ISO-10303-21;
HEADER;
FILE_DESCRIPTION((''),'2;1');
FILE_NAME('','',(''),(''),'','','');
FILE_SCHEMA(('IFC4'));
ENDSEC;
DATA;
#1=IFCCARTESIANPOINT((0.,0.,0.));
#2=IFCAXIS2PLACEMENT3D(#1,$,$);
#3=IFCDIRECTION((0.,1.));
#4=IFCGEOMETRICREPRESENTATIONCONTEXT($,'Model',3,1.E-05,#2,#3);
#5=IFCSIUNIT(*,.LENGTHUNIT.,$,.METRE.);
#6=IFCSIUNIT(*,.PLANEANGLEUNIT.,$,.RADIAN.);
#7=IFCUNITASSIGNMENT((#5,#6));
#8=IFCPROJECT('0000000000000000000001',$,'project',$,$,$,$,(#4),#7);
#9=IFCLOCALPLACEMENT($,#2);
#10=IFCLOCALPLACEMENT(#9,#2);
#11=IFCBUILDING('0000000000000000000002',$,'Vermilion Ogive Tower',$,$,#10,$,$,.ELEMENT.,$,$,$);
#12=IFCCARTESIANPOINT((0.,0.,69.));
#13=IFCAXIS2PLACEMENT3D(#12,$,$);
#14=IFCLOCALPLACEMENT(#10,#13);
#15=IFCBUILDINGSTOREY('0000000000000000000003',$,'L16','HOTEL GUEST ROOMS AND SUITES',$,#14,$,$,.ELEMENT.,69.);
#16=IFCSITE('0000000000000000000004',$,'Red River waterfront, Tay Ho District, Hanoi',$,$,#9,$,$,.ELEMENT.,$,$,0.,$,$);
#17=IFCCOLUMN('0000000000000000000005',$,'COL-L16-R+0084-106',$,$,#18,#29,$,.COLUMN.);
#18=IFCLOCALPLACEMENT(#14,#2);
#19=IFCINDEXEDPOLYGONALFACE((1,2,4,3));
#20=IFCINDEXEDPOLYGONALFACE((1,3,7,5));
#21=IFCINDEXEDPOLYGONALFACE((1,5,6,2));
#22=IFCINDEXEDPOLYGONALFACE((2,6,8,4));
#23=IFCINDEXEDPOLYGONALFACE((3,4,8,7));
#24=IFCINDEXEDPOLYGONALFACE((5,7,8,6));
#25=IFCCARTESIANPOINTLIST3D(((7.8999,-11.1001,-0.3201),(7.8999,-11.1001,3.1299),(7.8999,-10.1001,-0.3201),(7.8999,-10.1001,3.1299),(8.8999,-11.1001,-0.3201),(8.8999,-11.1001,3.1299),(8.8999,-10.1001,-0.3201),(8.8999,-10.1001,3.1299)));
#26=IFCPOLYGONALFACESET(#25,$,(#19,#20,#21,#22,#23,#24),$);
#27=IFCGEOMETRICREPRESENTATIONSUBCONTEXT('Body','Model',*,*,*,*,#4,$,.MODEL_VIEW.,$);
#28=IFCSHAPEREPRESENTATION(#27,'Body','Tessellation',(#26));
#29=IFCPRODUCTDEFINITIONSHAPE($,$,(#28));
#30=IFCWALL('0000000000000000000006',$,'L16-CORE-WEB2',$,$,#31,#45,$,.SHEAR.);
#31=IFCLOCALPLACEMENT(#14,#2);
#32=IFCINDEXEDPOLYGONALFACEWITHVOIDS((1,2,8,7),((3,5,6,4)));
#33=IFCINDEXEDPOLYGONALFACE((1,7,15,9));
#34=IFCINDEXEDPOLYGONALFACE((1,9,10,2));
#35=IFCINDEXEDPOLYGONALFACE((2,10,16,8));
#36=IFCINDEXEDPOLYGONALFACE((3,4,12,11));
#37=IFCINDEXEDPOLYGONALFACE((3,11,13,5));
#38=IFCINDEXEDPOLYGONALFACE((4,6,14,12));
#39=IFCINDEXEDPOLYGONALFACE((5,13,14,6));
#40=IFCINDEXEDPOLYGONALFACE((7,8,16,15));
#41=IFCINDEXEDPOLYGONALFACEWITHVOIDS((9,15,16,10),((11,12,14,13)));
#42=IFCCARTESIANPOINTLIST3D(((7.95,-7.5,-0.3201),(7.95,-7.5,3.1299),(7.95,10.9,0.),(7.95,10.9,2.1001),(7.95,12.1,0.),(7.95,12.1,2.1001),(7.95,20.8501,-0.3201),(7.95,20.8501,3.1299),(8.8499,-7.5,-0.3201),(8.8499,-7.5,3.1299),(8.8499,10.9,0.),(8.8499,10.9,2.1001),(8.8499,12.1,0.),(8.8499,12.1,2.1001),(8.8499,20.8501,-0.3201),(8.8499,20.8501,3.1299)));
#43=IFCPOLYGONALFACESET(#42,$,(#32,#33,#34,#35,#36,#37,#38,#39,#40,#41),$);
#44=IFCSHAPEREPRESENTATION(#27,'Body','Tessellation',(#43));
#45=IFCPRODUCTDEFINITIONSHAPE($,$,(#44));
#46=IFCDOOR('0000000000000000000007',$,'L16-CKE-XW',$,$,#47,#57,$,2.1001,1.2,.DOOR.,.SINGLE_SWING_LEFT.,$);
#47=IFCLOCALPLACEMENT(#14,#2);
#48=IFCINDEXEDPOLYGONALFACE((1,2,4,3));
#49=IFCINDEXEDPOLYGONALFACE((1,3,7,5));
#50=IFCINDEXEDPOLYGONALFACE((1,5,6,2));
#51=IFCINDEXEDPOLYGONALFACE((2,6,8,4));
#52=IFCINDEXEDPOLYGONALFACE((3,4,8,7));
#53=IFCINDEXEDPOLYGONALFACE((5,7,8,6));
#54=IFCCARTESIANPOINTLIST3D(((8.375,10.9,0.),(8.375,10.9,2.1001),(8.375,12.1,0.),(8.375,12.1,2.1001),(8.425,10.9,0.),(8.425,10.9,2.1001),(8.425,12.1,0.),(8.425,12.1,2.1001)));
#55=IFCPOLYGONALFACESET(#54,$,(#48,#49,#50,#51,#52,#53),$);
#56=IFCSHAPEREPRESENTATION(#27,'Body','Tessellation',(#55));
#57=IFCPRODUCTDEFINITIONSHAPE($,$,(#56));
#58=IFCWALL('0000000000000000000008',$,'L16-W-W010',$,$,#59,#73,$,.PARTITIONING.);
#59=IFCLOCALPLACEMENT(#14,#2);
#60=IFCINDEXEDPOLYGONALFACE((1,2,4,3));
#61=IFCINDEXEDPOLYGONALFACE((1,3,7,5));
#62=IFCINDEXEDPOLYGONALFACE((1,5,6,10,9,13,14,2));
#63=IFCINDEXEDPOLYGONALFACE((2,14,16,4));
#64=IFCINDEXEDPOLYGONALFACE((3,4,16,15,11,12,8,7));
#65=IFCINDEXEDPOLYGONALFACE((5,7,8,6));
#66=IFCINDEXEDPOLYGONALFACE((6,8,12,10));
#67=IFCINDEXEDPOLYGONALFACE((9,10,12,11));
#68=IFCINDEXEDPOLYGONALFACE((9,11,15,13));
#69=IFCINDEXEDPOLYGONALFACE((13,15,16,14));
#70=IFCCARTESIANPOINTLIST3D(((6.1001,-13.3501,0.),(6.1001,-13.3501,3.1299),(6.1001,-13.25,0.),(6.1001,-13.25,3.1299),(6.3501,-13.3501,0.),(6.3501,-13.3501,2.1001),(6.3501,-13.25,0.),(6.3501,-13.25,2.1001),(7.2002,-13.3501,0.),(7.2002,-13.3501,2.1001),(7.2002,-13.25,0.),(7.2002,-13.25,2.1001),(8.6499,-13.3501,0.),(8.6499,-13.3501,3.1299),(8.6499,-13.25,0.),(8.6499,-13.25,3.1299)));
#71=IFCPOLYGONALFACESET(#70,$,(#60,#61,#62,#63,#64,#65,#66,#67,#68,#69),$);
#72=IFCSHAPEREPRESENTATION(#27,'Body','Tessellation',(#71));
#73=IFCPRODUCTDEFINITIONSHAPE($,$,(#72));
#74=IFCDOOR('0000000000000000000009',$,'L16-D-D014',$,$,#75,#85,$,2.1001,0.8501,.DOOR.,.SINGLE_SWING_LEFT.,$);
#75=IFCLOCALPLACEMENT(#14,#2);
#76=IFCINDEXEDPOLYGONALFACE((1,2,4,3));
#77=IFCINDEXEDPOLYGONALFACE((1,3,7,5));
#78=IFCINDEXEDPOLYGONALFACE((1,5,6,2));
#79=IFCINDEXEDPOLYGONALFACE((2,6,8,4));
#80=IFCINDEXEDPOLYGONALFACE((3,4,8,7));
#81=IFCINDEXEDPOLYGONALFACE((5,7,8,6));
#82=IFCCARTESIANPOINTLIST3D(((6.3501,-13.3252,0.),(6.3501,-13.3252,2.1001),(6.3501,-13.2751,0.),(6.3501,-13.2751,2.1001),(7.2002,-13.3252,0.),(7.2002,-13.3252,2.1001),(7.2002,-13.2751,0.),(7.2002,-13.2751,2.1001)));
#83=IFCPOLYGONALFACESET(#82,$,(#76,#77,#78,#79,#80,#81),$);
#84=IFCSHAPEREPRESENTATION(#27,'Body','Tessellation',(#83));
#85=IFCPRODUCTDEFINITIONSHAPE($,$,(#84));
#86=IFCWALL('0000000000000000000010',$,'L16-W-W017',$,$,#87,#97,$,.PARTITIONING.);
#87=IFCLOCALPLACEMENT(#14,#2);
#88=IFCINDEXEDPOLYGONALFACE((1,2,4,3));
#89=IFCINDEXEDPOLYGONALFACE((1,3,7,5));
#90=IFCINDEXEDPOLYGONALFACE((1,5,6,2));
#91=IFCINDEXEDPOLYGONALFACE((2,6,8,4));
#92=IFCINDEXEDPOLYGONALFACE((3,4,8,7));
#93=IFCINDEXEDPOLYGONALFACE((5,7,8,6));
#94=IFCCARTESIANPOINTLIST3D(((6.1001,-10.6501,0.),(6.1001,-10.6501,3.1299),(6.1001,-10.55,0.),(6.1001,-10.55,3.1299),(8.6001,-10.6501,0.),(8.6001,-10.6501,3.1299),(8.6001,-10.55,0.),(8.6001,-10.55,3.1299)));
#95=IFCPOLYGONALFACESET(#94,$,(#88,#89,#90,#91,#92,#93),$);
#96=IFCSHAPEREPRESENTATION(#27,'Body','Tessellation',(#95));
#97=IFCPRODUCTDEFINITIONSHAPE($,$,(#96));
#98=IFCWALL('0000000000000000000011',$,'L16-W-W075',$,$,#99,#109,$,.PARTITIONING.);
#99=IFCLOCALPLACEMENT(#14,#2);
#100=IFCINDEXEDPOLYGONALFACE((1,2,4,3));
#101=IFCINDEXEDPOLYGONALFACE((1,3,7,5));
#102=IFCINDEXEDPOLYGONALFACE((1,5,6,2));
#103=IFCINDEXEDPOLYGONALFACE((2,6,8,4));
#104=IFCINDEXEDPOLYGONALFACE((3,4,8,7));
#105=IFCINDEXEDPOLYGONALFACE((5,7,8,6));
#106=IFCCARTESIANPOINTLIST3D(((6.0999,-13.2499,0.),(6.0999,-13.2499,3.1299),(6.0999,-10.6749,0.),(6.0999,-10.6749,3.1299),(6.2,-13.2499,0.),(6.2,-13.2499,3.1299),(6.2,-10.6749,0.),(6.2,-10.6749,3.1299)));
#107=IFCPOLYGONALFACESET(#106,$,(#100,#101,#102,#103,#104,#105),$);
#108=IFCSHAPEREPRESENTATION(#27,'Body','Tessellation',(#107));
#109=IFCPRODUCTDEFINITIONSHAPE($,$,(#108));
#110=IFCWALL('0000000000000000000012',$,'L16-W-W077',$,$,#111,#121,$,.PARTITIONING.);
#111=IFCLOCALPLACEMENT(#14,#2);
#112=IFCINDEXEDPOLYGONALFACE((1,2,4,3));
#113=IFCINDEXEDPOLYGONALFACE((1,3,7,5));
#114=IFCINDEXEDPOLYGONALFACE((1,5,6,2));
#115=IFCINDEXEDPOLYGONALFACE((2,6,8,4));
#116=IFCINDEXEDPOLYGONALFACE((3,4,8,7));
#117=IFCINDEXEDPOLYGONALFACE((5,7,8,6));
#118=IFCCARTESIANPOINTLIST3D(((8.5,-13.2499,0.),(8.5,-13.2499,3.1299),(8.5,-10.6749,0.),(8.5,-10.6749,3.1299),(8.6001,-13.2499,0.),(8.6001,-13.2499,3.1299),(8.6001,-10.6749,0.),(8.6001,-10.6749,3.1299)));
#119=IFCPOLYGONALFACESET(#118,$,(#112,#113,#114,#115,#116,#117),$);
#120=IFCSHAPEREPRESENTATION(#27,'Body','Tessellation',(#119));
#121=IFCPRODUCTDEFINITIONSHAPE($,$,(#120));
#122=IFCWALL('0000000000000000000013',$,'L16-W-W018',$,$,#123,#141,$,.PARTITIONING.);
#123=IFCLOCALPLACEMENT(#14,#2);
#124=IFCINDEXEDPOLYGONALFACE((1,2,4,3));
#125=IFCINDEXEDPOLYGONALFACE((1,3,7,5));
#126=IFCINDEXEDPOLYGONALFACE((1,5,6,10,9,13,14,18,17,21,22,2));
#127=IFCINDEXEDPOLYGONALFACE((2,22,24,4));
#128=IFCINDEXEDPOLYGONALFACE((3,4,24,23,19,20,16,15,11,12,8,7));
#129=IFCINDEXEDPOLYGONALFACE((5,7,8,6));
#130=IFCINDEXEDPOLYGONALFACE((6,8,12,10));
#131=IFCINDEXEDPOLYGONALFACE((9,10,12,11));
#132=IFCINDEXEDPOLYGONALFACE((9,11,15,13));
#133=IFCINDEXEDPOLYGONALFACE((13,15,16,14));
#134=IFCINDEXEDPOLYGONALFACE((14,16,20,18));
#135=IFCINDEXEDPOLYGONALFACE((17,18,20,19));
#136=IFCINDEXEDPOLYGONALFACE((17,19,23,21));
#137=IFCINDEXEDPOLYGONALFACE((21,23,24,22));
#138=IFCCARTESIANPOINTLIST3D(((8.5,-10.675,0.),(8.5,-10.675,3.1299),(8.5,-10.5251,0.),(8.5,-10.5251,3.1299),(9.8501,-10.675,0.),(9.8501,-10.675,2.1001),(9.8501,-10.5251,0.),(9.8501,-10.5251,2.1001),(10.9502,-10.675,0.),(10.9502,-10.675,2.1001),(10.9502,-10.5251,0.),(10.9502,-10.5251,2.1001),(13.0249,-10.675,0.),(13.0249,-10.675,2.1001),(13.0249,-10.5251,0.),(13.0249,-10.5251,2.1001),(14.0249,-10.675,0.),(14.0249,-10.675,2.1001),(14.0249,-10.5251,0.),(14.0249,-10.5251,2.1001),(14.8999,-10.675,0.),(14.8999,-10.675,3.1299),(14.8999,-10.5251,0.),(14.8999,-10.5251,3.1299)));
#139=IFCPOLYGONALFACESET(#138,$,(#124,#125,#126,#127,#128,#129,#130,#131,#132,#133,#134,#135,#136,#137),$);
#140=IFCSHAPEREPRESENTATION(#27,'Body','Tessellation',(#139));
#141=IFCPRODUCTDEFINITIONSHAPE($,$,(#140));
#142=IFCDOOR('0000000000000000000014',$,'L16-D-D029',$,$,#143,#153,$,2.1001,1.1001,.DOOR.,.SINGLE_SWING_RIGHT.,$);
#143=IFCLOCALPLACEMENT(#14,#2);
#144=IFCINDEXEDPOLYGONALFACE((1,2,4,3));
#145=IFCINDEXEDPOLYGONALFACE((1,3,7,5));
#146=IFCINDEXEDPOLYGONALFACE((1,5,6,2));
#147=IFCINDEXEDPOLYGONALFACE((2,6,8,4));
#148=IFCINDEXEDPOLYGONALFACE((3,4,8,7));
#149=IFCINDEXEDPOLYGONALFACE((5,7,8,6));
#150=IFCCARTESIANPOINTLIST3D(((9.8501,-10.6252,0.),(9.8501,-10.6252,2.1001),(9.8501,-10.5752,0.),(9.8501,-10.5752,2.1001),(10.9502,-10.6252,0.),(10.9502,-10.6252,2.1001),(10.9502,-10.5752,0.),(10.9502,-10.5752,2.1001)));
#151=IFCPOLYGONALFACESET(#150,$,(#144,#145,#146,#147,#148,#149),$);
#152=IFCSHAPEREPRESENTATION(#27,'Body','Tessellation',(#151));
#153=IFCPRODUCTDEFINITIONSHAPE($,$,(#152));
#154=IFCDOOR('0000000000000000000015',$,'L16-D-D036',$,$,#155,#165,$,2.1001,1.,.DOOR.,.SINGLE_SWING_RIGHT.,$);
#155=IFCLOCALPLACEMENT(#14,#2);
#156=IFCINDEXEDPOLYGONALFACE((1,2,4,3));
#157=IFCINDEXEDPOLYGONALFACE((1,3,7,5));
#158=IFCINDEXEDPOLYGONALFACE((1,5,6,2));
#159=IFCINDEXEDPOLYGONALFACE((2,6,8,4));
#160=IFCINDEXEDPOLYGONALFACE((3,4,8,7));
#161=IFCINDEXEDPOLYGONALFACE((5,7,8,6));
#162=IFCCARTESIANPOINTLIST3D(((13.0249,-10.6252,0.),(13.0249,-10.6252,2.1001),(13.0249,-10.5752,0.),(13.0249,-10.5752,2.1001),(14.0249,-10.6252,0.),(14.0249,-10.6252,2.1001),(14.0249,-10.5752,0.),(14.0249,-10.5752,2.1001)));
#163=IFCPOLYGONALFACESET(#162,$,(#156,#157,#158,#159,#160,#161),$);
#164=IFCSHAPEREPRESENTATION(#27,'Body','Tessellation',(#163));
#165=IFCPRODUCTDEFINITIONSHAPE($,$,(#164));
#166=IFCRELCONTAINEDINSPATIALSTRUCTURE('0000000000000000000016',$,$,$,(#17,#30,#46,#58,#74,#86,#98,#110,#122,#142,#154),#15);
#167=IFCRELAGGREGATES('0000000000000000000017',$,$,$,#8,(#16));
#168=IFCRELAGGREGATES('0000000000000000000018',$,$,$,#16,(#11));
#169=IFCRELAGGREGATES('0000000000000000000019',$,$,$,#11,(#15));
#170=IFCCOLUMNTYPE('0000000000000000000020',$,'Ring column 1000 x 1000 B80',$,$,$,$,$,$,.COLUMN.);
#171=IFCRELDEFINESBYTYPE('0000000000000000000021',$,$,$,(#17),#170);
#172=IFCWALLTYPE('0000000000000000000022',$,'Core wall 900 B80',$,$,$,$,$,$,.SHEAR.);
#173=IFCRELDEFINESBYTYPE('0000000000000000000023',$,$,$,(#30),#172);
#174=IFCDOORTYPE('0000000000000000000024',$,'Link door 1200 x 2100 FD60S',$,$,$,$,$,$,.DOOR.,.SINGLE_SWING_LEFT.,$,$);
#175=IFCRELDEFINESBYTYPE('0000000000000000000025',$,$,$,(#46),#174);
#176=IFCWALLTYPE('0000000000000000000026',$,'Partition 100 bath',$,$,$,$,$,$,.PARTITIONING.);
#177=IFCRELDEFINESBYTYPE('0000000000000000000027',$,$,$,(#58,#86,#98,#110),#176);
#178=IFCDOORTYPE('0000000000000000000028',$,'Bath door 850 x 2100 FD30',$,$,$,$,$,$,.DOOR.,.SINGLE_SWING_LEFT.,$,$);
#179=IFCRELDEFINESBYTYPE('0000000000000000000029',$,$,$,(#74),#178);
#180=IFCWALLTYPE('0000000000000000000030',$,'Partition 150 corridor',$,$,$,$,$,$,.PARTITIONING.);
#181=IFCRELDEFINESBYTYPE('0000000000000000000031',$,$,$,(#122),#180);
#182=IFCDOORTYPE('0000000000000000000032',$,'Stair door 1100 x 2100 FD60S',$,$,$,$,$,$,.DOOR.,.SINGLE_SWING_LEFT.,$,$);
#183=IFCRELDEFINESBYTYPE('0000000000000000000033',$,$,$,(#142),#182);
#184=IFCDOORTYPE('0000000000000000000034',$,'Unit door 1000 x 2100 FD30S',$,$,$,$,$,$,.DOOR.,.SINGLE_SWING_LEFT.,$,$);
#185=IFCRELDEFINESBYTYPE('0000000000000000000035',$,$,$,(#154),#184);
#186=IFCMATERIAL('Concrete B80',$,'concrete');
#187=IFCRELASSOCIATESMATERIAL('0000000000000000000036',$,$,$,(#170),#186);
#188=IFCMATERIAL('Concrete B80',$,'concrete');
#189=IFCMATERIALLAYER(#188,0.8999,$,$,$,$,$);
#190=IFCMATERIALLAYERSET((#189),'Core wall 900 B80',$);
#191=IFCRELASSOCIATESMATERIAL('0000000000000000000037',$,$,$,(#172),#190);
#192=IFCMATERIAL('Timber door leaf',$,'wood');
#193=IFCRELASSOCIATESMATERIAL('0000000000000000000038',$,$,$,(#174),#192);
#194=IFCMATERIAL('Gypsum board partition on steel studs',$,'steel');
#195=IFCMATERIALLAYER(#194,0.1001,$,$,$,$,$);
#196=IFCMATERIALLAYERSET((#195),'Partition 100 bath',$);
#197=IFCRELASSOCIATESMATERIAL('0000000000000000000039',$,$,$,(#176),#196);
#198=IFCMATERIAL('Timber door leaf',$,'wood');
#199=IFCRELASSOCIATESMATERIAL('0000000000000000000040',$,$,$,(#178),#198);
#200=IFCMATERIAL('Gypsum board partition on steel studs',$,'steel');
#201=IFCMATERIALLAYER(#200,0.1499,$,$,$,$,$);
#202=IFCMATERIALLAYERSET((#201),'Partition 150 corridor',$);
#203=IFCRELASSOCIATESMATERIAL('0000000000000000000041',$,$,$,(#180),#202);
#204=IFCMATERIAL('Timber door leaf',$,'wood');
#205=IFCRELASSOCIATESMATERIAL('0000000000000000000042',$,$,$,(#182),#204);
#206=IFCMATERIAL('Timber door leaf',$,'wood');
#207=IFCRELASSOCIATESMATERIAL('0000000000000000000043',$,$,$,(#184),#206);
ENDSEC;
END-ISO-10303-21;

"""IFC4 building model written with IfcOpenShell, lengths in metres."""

from ifc_helpers import new_model, si_unit, direction, frame, frame_2d, origin, origin_2d, place, context, subcontext, project, spatial, rectangle, extrude, material, layer, layer_set, material_profile, profile_set, type_object, element, fill, save


model = new_model("IFC4")

# Units and contexts
model_context = context("Model", 3, precision=1e-05, world=origin(), true_north=direction((0.0, 1.0)))
body_context = subcontext(model_context, "Body", "Model", "MODEL_VIEW")
ifc_project = project(units=[si_unit("LENGTHUNIT", "METRE"), si_unit("PLANEANGLEUNIT", "RADIAN")], contexts=[model_context])

# Site, building, storey
site_placement = place(None, origin())
site = spatial("IfcSite", under=ifc_project, at=site_placement, Name="Red River waterfront, Tay Ho District, Hanoi", CompositionType="ELEMENT", RefElevation=0.0)
building_placement = place(site_placement, origin())
building = spatial("IfcBuilding", under=site, at=building_placement, Name="Vermilion Ogive Tower", CompositionType="ELEMENT")
storey_placement = place(building_placement, frame((0.0, 0.0, 69.0)))
storey = spatial("IfcBuildingStorey", under=building, at=storey_placement, Name="L16", Description="HOTEL GUEST ROOMS AND SUITES", CompositionType="ELEMENT", Elevation=69.0)

# Column
ifc_material_1 = material(Name="Concrete B80", Category="concrete")
ifc_material_profile = material_profile(ifc_material_1, rectangle(XDim=1.0, YDim=1.0, at=origin_2d()), Name="1000 x 1000")
ifc_profile_set = profile_set([ifc_material_profile], Name="Concrete B80")
column_type = type_object("IfcColumnType", Name="Ring column 1000 x 1000 B80", PredefinedType="COLUMN", material=ifc_profile_set)
column_placement = place(storey_placement, frame((8.3999, -10.6001, -0.3201), z_axis=(0.0, 0.0, 1.0), x_axis=(1.0, 0.0, 0.0)))
element("IfcColumn", 1, at=column_placement, inside=storey, type_object=column_type, Name="COL-L16-R+0084-106", PredefinedType="COLUMN", context=body_context, shape_type="SweptSolid", body=[
    extrude(rectangle(XDim=1.0, YDim=1.0, at=origin_2d()), origin(), (0.0, 0.0, 1.0), 3.45),
])

# Walls, openings, doors
ifc_material_2 = material(Name="Concrete B80", Category="concrete")
ifc_layer_1 = layer(ifc_material_2, 0.8999)
ifc_layer_set_1 = layer_set([ifc_layer_1], Name="Core wall 900 B80")
wall_type_1 = type_object("IfcWallType", Name="Core wall 900 B80", PredefinedType="SHEAR", material=ifc_layer_set_1)
wall_1_placement = place(storey_placement, frame((8.3999, -7.5, -0.3201), z_axis=(0.0, 0.0, 1.0), x_axis=(0.0, 1.0, 0.0)))
wall_1 = element("IfcWall", 2, at=wall_1_placement, inside=storey, type_object=wall_type_1, Name="L16-CORE-WEB2", PredefinedType="SHEAR", context=body_context, shape_type="SweptSolid", body=[
    extrude(rectangle(XDim=28.3501, YDim=0.8999, at=frame_2d((14.175, 0.0))), origin(), (0.0, 0.0, 1.0), 3.45),
])
opening_1_placement = place(wall_1_placement, frame((18.3999, 0.0, 0.3201)))
opening_1 = element("IfcOpeningElement", 3, at=opening_1_placement, cuts=wall_1, PredefinedType="OPENING", context=body_context, shape_type="SweptSolid", body=[
    extrude(rectangle(XDim=1.2, YDim=2.1001, at=frame_2d((0.6001, 1.05))), frame((0.0, 0.46, 0.0), z_axis=(0.0, -1.0, 0.0), x_axis=(1.0, 0.0, 0.0)), (0.0, 0.0, 1.0), 0.9199),
])
ifc_material_3 = material(Name="Timber door leaf", Category="wood")
door_type_1 = type_object("IfcDoorType", Name="Link door 1200 x 2100 FD60S", OperationType="SINGLE_SWING_LEFT", PredefinedType="DOOR", material=ifc_material_3)
door_1_placement = place(opening_1_placement, origin())
door_1 = element("IfcDoor", 4, at=door_1_placement, inside=storey, type_object=door_type_1, Name="L16-CKE-XW", OperationType="SINGLE_SWING_LEFT", OverallHeight=2.1001, OverallWidth=1.2, PredefinedType="DOOR", context=body_context, shape_type="SweptSolid", body=[
    extrude(rectangle(XDim=1.2, YDim=2.1001, at=frame_2d((0.6001, 1.05))), frame((0.0, 0.0249, 0.0), z_axis=(0.0, -1.0, 0.0), x_axis=(1.0, 0.0, 0.0)), (0.0, 0.0, 1.0), 0.05),
])
fill(opening_1, door_1)
ifc_material_4 = material(Name="Gypsum board partition on steel studs", Category="steel")
ifc_layer_2 = layer(ifc_material_4, 0.1001)
ifc_layer_set_2 = layer_set([ifc_layer_2], Name="Partition 100 bath")
wall_type_2 = type_object("IfcWallType", Name="Partition 100 bath", PredefinedType="PARTITIONING", material=ifc_layer_set_2)
wall_2_placement = place(storey_placement, frame((6.1001, -13.3, 0.0), z_axis=(0.0, 0.0, 1.0), x_axis=(1.0, 0.0, 0.0)))
wall_2 = element("IfcWall", 5, at=wall_2_placement, inside=storey, type_object=wall_type_2, Name="L16-W-W010", PredefinedType="PARTITIONING", context=body_context, shape_type="SweptSolid", body=[
    extrude(rectangle(XDim=2.5498, YDim=0.1001, at=frame_2d((1.2749, 0.0))), origin(), (0.0, 0.0, 1.0), 3.1299),
])
opening_2_placement = place(wall_2_placement, frame((0.25, 0.0, 0.0)))
opening_2 = element("IfcOpeningElement", 6, at=opening_2_placement, cuts=wall_2, PredefinedType="OPENING", context=body_context, shape_type="SweptSolid", body=[
    extrude(rectangle(XDim=0.8501, YDim=2.1001, at=frame_2d((0.425, 1.05))), frame((0.0, 0.0601, 0.0), z_axis=(0.0, -1.0, 0.0), x_axis=(1.0, 0.0, 0.0)), (0.0, 0.0, 1.0), 0.1201),
])
ifc_material_5 = material(Name="Timber door leaf", Category="wood")
door_type_2 = type_object("IfcDoorType", Name="Bath door 850 x 2100 FD30", OperationType="SINGLE_SWING_LEFT", PredefinedType="DOOR", material=ifc_material_5)
door_2_placement = place(opening_2_placement, origin())
door_2 = element("IfcDoor", 7, at=door_2_placement, inside=storey, type_object=door_type_2, Name="L16-D-D014", OperationType="SINGLE_SWING_LEFT", OverallHeight=2.1001, OverallWidth=0.8501, PredefinedType="DOOR", context=body_context, shape_type="SweptSolid", body=[
    extrude(rectangle(XDim=0.8501, YDim=2.1001, at=frame_2d((0.425, 1.05))), frame((0.0, 0.0249, 0.0), z_axis=(0.0, -1.0, 0.0), x_axis=(1.0, 0.0, 0.0)), (0.0, 0.0, 1.0), 0.05),
])
fill(opening_2, door_2)

# Walls
wall_3_placement = place(storey_placement, frame((6.1001, -10.6001, 0.0), z_axis=(0.0, 0.0, 1.0), x_axis=(1.0, 0.0, 0.0)))
element("IfcWall", 8, at=wall_3_placement, inside=storey, type_object=wall_type_2, Name="L16-W-W017", PredefinedType="PARTITIONING", context=body_context, shape_type="SweptSolid", body=[
    extrude(rectangle(XDim=2.5, YDim=0.1001, at=frame_2d((1.25, 0.0))), origin(), (0.0, 0.0, 1.0), 3.1299),
])
for number, where, z_axis, x_axis, name in (
    (9, (6.1499, -13.25, 0.0), (0.0, 0.0, 1.0), (0.0, 1.0, 0.0), "L16-W-W075"),
    (10, (8.55, -13.25, 0.0), (0.0, 0.0, 1.0), (0.0, 1.0, 0.0), "L16-W-W077"),
):
    element("IfcWall", number, at=place(storey_placement, frame(where, z_axis=z_axis, x_axis=x_axis)), inside=storey, type_object=wall_type_2, Name=name, PredefinedType="PARTITIONING", context=body_context, shape_type="SweptSolid", body=[
        extrude(rectangle(XDim=2.575, YDim=0.1001, at=frame_2d((1.2876, 0.0))), origin(), (0.0, 0.0, 1.0), 3.1299),
    ])

# Wall, openings, doors
ifc_material_6 = material(Name="Gypsum board partition on steel studs", Category="steel")
ifc_layer_3 = layer(ifc_material_6, 0.1499)
ifc_layer_set_3 = layer_set([ifc_layer_3], Name="Partition 150 corridor")
wall_type_3 = type_object("IfcWallType", Name="Partition 150 corridor", PredefinedType="PARTITIONING", material=ifc_layer_set_3)
wall_4_placement = place(storey_placement, frame((8.5, -10.6001, 0.0), z_axis=(0.0, 0.0, 1.0), x_axis=(1.0, 0.0, 0.0)))
wall_4 = element("IfcWall", 11, at=wall_4_placement, inside=storey, type_object=wall_type_3, Name="L16-W-W018", PredefinedType="PARTITIONING", context=body_context, shape_type="SweptSolid", body=[
    extrude(rectangle(XDim=6.3999, YDim=0.1499, at=frame_2d((3.2, 0.0))), origin(), (0.0, 0.0, 1.0), 3.1299),
])
opening_3_placement = place(wall_4_placement, frame((1.3501, 0.0, 0.0)))
opening_3 = element("IfcOpeningElement", 12, at=opening_3_placement, cuts=wall_4, PredefinedType="OPENING", context=body_context, shape_type="SweptSolid", body=[
    extrude(rectangle(XDim=1.1001, YDim=2.1001, at=frame_2d((0.55, 1.05))), frame((0.0, 0.085, 0.0), z_axis=(0.0, -1.0, 0.0), x_axis=(1.0, 0.0, 0.0)), (0.0, 0.0, 1.0), 0.1699),
])
opening_4_placement = place(wall_4_placement, frame((4.5249, 0.0, 0.0)))
opening_4 = element("IfcOpeningElement", 13, at=opening_4_placement, cuts=wall_4, PredefinedType="OPENING", context=body_context, shape_type="SweptSolid", body=[
    extrude(rectangle(XDim=1.0, YDim=2.1001, at=frame_2d((0.5, 1.05))), frame((0.0, 0.085, 0.0), z_axis=(0.0, -1.0, 0.0), x_axis=(1.0, 0.0, 0.0)), (0.0, 0.0, 1.0), 0.1699),
])
ifc_material_7 = material(Name="Timber door leaf", Category="wood")
door_type_3 = type_object("IfcDoorType", Name="Stair door 1100 x 2100 FD60S", OperationType="SINGLE_SWING_LEFT", PredefinedType="DOOR", material=ifc_material_7)
door_3_placement = place(opening_3_placement, origin())
door_3 = element("IfcDoor", 14, at=door_3_placement, inside=storey, type_object=door_type_3, Name="L16-D-D029", OperationType="SINGLE_SWING_RIGHT", OverallHeight=2.1001, OverallWidth=1.1001, PredefinedType="DOOR", context=body_context, shape_type="SweptSolid", body=[
    extrude(rectangle(XDim=1.1001, YDim=2.1001, at=frame_2d((0.55, 1.05))), frame((0.0, 0.0249, 0.0), z_axis=(0.0, -1.0, 0.0), x_axis=(1.0, 0.0, 0.0)), (0.0, 0.0, 1.0), 0.05),
])
fill(opening_3, door_3)
ifc_material_8 = material(Name="Timber door leaf", Category="wood")
door_type_4 = type_object("IfcDoorType", Name="Unit door 1000 x 2100 FD30S", OperationType="SINGLE_SWING_LEFT", PredefinedType="DOOR", material=ifc_material_8)
door_4_placement = place(opening_4_placement, origin())
door_4 = element("IfcDoor", 15, at=door_4_placement, inside=storey, type_object=door_type_4, Name="L16-D-D036", OperationType="SINGLE_SWING_RIGHT", OverallHeight=2.1001, OverallWidth=1.0, PredefinedType="DOOR", context=body_context, shape_type="SweptSolid", body=[
    extrude(rectangle(XDim=1.0, YDim=2.1001, at=frame_2d((0.5, 1.05))), frame((0.0, 0.0249, 0.0), z_axis=(0.0, -1.0, 0.0), x_axis=(1.0, 0.0, 0.0)), (0.0, 0.0, 1.0), 0.05),
])
fill(opening_4, door_4)

save(model, "model.ifc")
